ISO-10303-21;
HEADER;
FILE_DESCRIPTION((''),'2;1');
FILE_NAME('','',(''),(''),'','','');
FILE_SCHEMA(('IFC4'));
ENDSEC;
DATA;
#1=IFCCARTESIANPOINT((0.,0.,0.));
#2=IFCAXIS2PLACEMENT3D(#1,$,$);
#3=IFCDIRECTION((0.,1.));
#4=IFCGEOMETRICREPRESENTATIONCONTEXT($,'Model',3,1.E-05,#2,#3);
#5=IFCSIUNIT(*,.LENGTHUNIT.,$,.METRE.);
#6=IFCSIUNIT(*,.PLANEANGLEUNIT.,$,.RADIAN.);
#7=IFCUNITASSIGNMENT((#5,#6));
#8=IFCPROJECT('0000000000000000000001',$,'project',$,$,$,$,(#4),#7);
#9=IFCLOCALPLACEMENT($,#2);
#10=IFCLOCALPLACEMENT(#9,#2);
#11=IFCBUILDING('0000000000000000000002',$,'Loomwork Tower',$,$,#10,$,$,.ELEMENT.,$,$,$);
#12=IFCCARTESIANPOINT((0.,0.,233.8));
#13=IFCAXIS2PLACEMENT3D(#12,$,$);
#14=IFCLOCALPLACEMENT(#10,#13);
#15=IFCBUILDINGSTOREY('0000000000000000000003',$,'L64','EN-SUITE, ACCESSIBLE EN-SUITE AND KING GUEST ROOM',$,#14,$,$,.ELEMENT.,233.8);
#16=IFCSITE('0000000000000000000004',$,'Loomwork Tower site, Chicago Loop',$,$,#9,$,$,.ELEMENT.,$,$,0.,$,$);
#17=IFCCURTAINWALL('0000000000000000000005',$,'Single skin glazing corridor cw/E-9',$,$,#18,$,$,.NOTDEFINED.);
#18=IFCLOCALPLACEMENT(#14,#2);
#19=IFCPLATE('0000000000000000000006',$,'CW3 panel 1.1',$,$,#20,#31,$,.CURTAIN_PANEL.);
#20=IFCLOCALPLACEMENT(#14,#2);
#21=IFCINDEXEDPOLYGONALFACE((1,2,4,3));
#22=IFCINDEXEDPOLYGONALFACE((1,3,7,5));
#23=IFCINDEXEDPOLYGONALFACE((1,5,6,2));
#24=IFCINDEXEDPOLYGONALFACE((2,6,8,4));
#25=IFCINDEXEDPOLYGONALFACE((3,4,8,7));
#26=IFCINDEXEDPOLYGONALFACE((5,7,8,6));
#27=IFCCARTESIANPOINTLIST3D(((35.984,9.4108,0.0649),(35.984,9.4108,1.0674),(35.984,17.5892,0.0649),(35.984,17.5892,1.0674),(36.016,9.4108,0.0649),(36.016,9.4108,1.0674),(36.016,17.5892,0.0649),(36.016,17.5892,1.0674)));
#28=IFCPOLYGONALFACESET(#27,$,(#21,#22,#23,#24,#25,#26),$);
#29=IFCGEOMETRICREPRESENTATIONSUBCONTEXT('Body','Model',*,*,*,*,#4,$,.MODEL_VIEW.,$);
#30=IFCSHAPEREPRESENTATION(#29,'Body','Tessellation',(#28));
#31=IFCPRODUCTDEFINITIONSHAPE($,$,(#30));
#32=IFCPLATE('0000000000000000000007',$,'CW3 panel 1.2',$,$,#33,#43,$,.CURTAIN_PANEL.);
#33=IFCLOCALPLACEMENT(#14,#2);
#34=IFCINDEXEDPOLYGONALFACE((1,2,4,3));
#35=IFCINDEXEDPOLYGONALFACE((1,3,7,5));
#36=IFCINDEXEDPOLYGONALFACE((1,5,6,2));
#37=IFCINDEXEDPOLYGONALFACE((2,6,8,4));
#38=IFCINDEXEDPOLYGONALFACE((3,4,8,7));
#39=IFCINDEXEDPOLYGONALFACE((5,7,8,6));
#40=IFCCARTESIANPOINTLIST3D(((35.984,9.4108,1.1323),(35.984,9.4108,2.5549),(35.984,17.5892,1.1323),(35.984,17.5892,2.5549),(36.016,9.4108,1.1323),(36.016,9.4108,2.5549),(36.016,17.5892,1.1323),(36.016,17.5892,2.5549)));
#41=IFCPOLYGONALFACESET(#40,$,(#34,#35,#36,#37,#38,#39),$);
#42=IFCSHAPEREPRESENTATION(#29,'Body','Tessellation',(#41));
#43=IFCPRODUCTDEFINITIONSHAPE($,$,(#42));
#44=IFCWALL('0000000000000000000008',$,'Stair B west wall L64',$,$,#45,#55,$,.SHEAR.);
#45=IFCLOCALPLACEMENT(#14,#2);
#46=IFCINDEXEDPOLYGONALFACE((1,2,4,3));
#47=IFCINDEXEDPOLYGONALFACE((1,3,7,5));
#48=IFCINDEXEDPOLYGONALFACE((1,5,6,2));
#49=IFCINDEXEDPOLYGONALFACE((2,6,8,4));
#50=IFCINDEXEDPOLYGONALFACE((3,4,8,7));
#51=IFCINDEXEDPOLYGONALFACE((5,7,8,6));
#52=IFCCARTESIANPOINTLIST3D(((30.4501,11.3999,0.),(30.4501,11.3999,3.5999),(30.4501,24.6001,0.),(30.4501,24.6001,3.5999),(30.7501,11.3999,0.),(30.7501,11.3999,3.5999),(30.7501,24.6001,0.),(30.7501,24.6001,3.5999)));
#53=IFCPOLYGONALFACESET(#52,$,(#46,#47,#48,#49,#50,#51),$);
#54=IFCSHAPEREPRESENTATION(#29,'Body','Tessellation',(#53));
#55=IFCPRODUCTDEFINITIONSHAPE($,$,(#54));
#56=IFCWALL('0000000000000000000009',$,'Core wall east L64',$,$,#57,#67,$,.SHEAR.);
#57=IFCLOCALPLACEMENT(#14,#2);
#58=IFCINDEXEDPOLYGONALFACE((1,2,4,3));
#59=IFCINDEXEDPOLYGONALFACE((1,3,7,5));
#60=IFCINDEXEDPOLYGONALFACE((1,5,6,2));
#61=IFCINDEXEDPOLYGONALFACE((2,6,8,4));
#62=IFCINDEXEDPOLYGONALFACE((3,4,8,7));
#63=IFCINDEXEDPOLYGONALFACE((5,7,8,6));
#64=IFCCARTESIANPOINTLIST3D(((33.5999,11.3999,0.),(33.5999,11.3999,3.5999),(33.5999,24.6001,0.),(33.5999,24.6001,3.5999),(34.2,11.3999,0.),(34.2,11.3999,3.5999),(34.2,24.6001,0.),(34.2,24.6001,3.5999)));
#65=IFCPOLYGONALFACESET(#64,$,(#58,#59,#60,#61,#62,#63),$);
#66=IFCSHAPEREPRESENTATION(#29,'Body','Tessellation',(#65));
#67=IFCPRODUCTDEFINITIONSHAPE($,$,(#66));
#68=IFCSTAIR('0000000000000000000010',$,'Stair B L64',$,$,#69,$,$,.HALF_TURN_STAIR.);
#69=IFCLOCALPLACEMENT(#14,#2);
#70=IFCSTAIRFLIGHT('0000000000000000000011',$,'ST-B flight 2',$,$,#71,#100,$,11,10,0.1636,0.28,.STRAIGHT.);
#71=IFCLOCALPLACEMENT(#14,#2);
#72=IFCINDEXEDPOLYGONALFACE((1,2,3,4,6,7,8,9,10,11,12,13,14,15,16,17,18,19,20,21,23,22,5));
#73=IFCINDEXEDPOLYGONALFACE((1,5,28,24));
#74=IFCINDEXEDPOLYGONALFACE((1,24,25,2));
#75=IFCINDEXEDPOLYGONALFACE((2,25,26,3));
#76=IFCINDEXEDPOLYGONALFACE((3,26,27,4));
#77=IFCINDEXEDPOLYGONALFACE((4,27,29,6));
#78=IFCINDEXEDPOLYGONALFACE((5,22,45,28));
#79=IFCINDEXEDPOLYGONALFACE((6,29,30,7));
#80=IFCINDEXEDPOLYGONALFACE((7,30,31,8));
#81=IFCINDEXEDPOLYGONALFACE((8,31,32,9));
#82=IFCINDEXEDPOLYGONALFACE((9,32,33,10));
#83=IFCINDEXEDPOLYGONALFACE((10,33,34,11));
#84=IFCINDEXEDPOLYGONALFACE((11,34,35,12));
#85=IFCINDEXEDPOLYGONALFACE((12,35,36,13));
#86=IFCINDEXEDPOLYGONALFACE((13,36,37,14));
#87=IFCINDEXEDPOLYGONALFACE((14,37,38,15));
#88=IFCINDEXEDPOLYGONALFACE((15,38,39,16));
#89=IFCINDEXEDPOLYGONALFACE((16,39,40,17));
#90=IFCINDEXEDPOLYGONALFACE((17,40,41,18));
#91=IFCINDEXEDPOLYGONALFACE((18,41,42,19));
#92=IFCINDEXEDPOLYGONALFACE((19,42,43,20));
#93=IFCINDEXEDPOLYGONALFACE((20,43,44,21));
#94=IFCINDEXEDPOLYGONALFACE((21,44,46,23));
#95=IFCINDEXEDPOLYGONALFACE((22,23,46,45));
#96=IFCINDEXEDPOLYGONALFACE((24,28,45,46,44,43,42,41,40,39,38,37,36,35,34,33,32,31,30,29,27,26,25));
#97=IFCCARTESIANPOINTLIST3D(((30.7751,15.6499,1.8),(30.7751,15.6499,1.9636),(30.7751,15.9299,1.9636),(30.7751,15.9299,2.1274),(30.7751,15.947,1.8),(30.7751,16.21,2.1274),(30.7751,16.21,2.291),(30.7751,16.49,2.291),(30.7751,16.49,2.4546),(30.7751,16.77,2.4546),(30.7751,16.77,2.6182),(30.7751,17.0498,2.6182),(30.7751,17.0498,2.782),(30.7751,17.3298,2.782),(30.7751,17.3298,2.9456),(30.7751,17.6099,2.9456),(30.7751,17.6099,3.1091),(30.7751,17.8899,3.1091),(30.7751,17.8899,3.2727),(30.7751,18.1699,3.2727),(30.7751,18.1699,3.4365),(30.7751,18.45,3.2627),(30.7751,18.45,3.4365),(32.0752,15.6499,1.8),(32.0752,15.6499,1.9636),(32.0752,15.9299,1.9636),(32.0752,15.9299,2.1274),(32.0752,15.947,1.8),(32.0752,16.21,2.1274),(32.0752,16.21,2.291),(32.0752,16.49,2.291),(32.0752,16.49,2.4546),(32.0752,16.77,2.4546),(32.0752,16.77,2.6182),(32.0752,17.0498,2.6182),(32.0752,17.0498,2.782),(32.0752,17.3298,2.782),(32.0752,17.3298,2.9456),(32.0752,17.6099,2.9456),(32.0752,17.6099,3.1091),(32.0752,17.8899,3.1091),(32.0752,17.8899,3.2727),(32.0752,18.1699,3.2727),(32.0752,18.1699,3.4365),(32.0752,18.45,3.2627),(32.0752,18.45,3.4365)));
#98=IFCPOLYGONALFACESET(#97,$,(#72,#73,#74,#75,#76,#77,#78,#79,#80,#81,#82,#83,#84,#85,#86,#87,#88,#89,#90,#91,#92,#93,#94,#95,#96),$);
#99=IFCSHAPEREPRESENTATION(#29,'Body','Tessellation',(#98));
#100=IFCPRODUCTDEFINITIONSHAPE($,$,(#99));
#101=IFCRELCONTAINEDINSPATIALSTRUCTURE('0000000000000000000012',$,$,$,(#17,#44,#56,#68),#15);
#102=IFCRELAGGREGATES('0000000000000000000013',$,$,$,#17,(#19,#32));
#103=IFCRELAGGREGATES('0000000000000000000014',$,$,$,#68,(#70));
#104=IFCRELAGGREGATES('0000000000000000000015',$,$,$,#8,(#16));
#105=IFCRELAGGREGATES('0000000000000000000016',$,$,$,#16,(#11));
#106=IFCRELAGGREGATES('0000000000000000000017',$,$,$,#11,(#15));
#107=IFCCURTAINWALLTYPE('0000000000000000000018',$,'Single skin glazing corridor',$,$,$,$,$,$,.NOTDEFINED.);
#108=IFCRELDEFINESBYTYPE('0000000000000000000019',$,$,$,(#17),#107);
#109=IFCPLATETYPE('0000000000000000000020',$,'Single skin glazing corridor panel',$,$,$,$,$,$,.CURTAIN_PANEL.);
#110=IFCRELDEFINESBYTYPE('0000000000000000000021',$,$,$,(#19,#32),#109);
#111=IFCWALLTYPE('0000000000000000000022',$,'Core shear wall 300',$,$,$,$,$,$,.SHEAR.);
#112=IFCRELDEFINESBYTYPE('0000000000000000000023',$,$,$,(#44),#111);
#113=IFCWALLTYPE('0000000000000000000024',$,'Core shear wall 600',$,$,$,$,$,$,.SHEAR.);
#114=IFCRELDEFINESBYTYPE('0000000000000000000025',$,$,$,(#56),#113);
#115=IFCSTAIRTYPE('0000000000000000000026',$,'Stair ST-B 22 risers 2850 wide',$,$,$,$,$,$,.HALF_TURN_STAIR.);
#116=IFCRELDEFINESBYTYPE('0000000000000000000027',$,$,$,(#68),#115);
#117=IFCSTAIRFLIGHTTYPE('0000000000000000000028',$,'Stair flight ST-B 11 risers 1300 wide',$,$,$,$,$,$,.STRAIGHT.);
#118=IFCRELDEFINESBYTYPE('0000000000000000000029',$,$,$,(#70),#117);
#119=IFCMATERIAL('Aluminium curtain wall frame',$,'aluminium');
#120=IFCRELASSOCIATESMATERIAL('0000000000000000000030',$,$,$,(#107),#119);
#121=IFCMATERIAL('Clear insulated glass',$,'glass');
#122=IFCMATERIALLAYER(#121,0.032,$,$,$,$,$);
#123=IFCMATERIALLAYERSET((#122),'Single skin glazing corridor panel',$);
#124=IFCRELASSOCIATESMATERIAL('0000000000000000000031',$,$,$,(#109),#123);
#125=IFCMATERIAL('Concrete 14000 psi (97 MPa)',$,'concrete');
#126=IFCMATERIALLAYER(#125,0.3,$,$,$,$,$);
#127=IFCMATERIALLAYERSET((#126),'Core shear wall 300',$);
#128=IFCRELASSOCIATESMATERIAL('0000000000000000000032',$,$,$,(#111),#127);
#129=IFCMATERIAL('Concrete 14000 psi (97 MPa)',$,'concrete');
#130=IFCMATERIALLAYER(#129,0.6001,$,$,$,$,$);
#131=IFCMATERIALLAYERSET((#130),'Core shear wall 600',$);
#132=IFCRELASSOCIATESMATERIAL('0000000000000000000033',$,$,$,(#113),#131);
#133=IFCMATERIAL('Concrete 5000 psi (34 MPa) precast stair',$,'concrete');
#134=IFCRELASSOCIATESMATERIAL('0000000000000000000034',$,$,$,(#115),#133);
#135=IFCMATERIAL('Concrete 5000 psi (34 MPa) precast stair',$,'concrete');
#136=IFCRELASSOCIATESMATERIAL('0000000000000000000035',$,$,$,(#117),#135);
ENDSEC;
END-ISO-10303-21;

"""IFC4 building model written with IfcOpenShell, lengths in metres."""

from ifc_helpers import new_model, si_unit, direction, frame, frame_2d, origin, origin_2d, place, context, subcontext, project, spatial, polyline, rectangle, outline, extrude, material, layer, layer_set, type_object, element, aggregate, save


model = new_model("IFC4")

# Units and contexts
model_context = context("Model", 3, precision=1e-05, world=origin(), true_north=direction((0.0, 1.0)))
body_context = subcontext(model_context, "Body", "Model", "MODEL_VIEW")
ifc_project = project(units=[si_unit("LENGTHUNIT", "METRE"), si_unit("PLANEANGLEUNIT", "RADIAN")], contexts=[model_context])

# Site, building, storey
site_placement = place(None, origin())
site = spatial("IfcSite", under=ifc_project, at=site_placement, Name="Loomwork Tower site, Chicago Loop", CompositionType="ELEMENT", RefElevation=0.0)
building_placement = place(site_placement, origin())
building = spatial("IfcBuilding", under=site, at=building_placement, Name="Loomwork Tower", CompositionType="ELEMENT")
storey_placement = place(building_placement, frame((0.0, 0.0, 233.8)))
storey = spatial("IfcBuildingStorey", under=building, at=storey_placement, Name="L64", Description="EN-SUITE, ACCESSIBLE EN-SUITE AND KING GUEST ROOM", CompositionType="ELEMENT", Elevation=233.8)

# Curtain wall
ifc_material_1 = material(Name="Aluminium curtain wall frame", Category="aluminium")
curtain_wall_type = type_object("IfcCurtainWallType", Name="Single skin glazing corridor", PredefinedType="NOTDEFINED", material=ifc_material_1)
curtain_wall_1_placement = place(storey_placement, origin())
curtain_wall_1 = element("IfcCurtainWall", 1, at=curtain_wall_1_placement, inside=storey, type_object=curtain_wall_type, Name="Single skin glazing corridor cw/E-9", PredefinedType="NOTDEFINED")

# Plates
ifc_material_2 = material(Name="Clear insulated glass", Category="glass")
ifc_layer_1 = layer(ifc_material_2, 0.032)
ifc_layer_set_1 = layer_set([ifc_layer_1], Name="Single skin glazing corridor panel")
plate_type = type_object("IfcPlateType", Name="Single skin glazing corridor panel", PredefinedType="CURTAIN_PANEL", material=ifc_layer_set_1)
plate_1_placement = place(storey_placement, frame((36.0, 13.5, 0.0649), z_axis=(0.0, 0.0, 1.0), x_axis=(0.0, 1.0, 0.0)))
plate_1 = element("IfcPlate", 2, at=plate_1_placement, type_object=plate_type, Name="CW3 panel 1.1", PredefinedType="CURTAIN_PANEL", context=body_context, shape_type="SweptSolid", body=[
    extrude(rectangle(XDim=8.1785, YDim=0.032, at=origin_2d()), origin(), (0.0, 0.0, 1.0), 1.0024),
])
plate_2_placement = place(storey_placement, frame((36.0, 13.5, 1.1323), z_axis=(0.0, 0.0, 1.0), x_axis=(0.0, 1.0, 0.0)))
plate_2 = element("IfcPlate", 3, at=plate_2_placement, type_object=plate_type, Name="CW3 panel 1.2", PredefinedType="CURTAIN_PANEL", context=body_context, shape_type="SweptSolid", body=[
    extrude(rectangle(XDim=8.1785, YDim=0.032, at=origin_2d()), origin(), (0.0, 0.0, 1.0), 1.4226),
])
aggregate(curtain_wall_1, [plate_1, plate_2])

# Walls
ifc_material_3 = material(Name="Concrete 14000 psi (97 MPa)", Category="concrete")
ifc_layer_2 = layer(ifc_material_3, 0.3)
ifc_layer_set_2 = layer_set([ifc_layer_2], Name="Core shear wall 300")
wall_type_1 = type_object("IfcWallType", Name="Core shear wall 300", PredefinedType="SHEAR", material=ifc_layer_set_2)
wall_1_placement = place(storey_placement, frame((30.6001, 11.3999, 0.0), z_axis=(0.0, 0.0, 1.0), x_axis=(0.0, 1.0, 0.0)))
element("IfcWall", 4, at=wall_1_placement, inside=storey, type_object=wall_type_1, Name="Stair B west wall L64", PredefinedType="SHEAR", context=body_context, shape_type="SweptSolid", body=[
    extrude(rectangle(XDim=13.2002, YDim=0.3, at=frame_2d((6.6001, 0.0))), origin(), (0.0, 0.0, 1.0), 3.5999),
])
ifc_material_4 = material(Name="Concrete 14000 psi (97 MPa)", Category="concrete")
ifc_layer_3 = layer(ifc_material_4, 0.6001)
ifc_layer_set_3 = layer_set([ifc_layer_3], Name="Core shear wall 600")
wall_type_2 = type_object("IfcWallType", Name="Core shear wall 600", PredefinedType="SHEAR", material=ifc_layer_set_3)
wall_2_placement = place(storey_placement, frame((33.8999, 11.3999, 0.0), z_axis=(0.0, 0.0, 1.0), x_axis=(0.0, 1.0, 0.0)))
element("IfcWall", 5, at=wall_2_placement, inside=storey, type_object=wall_type_2, Name="Core wall east L64", PredefinedType="SHEAR", context=body_context, shape_type="SweptSolid", body=[
    extrude(rectangle(XDim=13.2002, YDim=0.6001, at=frame_2d((6.6001, 0.0))), origin(), (0.0, 0.0, 1.0), 3.5999),
])

# Stair, stair flight
ifc_material_5 = material(Name="Concrete 5000 psi (34 MPa) precast stair", Category="concrete")
stair_type = type_object("IfcStairType", Name="Stair ST-B 22 risers 2850 wide", PredefinedType="HALF_TURN_STAIR", material=ifc_material_5)
stair_placement = place(storey_placement, origin())
stair = element("IfcStair", 6, at=stair_placement, inside=storey, type_object=stair_type, Name="Stair B L64", PredefinedType="HALF_TURN_STAIR")
ifc_material_6 = material(Name="Concrete 5000 psi (34 MPa) precast stair", Category="concrete")
stair_flight_type = type_object("IfcStairFlightType", Name="Stair flight ST-B 11 risers 1300 wide", PredefinedType="STRAIGHT", material=ifc_material_6)
stair_flight_placement = place(storey_placement, frame((31.425, 15.6499, 1.8), z_axis=(0.0, 0.0, 1.0), x_axis=(0.0, 1.0, 0.0)))
stair_flight = element("IfcStairFlight", 7, at=stair_flight_placement, type_object=stair_flight_type, Name="ST-B flight 2", NumberOfRisers=11, NumberOfTreads=10, PredefinedType="STRAIGHT", RiserHeight=0.1636, TreadLength=0.28, context=body_context, shape_type="SweptSolid", body=[
    extrude(outline(polyline([(0.0, 0.0), (0.0, 0.1636), (0.28, 0.1636), (0.28, 0.3274), (0.5601, 0.3274), (0.5601, 0.491), (0.8401, 0.491), (0.8401, 0.6545), (1.1201, 0.6545), (1.1201, 0.8181), (1.3999, 0.8181), (1.3999, 0.9819), (1.6799, 0.9819), (1.6799, 1.1455), (1.96, 1.1455), (1.96, 1.3091), (2.24, 1.3091), (2.24, 1.4727), (2.52, 1.4727), (2.52, 1.6365), (2.8, 1.6365), (2.8, 1.8), (2.8, 1.4626), (0.2971, 0.0), (0.0, 0.0)])), frame((0.0, 0.6499, 0.0), z_axis=(0.0, -1.0, 0.0), x_axis=(1.0, 0.0, 0.0)), (0.0, 0.0, 1.0), 1.3),
])
aggregate(stair, [stair_flight])

save(model, "model.ifc")
